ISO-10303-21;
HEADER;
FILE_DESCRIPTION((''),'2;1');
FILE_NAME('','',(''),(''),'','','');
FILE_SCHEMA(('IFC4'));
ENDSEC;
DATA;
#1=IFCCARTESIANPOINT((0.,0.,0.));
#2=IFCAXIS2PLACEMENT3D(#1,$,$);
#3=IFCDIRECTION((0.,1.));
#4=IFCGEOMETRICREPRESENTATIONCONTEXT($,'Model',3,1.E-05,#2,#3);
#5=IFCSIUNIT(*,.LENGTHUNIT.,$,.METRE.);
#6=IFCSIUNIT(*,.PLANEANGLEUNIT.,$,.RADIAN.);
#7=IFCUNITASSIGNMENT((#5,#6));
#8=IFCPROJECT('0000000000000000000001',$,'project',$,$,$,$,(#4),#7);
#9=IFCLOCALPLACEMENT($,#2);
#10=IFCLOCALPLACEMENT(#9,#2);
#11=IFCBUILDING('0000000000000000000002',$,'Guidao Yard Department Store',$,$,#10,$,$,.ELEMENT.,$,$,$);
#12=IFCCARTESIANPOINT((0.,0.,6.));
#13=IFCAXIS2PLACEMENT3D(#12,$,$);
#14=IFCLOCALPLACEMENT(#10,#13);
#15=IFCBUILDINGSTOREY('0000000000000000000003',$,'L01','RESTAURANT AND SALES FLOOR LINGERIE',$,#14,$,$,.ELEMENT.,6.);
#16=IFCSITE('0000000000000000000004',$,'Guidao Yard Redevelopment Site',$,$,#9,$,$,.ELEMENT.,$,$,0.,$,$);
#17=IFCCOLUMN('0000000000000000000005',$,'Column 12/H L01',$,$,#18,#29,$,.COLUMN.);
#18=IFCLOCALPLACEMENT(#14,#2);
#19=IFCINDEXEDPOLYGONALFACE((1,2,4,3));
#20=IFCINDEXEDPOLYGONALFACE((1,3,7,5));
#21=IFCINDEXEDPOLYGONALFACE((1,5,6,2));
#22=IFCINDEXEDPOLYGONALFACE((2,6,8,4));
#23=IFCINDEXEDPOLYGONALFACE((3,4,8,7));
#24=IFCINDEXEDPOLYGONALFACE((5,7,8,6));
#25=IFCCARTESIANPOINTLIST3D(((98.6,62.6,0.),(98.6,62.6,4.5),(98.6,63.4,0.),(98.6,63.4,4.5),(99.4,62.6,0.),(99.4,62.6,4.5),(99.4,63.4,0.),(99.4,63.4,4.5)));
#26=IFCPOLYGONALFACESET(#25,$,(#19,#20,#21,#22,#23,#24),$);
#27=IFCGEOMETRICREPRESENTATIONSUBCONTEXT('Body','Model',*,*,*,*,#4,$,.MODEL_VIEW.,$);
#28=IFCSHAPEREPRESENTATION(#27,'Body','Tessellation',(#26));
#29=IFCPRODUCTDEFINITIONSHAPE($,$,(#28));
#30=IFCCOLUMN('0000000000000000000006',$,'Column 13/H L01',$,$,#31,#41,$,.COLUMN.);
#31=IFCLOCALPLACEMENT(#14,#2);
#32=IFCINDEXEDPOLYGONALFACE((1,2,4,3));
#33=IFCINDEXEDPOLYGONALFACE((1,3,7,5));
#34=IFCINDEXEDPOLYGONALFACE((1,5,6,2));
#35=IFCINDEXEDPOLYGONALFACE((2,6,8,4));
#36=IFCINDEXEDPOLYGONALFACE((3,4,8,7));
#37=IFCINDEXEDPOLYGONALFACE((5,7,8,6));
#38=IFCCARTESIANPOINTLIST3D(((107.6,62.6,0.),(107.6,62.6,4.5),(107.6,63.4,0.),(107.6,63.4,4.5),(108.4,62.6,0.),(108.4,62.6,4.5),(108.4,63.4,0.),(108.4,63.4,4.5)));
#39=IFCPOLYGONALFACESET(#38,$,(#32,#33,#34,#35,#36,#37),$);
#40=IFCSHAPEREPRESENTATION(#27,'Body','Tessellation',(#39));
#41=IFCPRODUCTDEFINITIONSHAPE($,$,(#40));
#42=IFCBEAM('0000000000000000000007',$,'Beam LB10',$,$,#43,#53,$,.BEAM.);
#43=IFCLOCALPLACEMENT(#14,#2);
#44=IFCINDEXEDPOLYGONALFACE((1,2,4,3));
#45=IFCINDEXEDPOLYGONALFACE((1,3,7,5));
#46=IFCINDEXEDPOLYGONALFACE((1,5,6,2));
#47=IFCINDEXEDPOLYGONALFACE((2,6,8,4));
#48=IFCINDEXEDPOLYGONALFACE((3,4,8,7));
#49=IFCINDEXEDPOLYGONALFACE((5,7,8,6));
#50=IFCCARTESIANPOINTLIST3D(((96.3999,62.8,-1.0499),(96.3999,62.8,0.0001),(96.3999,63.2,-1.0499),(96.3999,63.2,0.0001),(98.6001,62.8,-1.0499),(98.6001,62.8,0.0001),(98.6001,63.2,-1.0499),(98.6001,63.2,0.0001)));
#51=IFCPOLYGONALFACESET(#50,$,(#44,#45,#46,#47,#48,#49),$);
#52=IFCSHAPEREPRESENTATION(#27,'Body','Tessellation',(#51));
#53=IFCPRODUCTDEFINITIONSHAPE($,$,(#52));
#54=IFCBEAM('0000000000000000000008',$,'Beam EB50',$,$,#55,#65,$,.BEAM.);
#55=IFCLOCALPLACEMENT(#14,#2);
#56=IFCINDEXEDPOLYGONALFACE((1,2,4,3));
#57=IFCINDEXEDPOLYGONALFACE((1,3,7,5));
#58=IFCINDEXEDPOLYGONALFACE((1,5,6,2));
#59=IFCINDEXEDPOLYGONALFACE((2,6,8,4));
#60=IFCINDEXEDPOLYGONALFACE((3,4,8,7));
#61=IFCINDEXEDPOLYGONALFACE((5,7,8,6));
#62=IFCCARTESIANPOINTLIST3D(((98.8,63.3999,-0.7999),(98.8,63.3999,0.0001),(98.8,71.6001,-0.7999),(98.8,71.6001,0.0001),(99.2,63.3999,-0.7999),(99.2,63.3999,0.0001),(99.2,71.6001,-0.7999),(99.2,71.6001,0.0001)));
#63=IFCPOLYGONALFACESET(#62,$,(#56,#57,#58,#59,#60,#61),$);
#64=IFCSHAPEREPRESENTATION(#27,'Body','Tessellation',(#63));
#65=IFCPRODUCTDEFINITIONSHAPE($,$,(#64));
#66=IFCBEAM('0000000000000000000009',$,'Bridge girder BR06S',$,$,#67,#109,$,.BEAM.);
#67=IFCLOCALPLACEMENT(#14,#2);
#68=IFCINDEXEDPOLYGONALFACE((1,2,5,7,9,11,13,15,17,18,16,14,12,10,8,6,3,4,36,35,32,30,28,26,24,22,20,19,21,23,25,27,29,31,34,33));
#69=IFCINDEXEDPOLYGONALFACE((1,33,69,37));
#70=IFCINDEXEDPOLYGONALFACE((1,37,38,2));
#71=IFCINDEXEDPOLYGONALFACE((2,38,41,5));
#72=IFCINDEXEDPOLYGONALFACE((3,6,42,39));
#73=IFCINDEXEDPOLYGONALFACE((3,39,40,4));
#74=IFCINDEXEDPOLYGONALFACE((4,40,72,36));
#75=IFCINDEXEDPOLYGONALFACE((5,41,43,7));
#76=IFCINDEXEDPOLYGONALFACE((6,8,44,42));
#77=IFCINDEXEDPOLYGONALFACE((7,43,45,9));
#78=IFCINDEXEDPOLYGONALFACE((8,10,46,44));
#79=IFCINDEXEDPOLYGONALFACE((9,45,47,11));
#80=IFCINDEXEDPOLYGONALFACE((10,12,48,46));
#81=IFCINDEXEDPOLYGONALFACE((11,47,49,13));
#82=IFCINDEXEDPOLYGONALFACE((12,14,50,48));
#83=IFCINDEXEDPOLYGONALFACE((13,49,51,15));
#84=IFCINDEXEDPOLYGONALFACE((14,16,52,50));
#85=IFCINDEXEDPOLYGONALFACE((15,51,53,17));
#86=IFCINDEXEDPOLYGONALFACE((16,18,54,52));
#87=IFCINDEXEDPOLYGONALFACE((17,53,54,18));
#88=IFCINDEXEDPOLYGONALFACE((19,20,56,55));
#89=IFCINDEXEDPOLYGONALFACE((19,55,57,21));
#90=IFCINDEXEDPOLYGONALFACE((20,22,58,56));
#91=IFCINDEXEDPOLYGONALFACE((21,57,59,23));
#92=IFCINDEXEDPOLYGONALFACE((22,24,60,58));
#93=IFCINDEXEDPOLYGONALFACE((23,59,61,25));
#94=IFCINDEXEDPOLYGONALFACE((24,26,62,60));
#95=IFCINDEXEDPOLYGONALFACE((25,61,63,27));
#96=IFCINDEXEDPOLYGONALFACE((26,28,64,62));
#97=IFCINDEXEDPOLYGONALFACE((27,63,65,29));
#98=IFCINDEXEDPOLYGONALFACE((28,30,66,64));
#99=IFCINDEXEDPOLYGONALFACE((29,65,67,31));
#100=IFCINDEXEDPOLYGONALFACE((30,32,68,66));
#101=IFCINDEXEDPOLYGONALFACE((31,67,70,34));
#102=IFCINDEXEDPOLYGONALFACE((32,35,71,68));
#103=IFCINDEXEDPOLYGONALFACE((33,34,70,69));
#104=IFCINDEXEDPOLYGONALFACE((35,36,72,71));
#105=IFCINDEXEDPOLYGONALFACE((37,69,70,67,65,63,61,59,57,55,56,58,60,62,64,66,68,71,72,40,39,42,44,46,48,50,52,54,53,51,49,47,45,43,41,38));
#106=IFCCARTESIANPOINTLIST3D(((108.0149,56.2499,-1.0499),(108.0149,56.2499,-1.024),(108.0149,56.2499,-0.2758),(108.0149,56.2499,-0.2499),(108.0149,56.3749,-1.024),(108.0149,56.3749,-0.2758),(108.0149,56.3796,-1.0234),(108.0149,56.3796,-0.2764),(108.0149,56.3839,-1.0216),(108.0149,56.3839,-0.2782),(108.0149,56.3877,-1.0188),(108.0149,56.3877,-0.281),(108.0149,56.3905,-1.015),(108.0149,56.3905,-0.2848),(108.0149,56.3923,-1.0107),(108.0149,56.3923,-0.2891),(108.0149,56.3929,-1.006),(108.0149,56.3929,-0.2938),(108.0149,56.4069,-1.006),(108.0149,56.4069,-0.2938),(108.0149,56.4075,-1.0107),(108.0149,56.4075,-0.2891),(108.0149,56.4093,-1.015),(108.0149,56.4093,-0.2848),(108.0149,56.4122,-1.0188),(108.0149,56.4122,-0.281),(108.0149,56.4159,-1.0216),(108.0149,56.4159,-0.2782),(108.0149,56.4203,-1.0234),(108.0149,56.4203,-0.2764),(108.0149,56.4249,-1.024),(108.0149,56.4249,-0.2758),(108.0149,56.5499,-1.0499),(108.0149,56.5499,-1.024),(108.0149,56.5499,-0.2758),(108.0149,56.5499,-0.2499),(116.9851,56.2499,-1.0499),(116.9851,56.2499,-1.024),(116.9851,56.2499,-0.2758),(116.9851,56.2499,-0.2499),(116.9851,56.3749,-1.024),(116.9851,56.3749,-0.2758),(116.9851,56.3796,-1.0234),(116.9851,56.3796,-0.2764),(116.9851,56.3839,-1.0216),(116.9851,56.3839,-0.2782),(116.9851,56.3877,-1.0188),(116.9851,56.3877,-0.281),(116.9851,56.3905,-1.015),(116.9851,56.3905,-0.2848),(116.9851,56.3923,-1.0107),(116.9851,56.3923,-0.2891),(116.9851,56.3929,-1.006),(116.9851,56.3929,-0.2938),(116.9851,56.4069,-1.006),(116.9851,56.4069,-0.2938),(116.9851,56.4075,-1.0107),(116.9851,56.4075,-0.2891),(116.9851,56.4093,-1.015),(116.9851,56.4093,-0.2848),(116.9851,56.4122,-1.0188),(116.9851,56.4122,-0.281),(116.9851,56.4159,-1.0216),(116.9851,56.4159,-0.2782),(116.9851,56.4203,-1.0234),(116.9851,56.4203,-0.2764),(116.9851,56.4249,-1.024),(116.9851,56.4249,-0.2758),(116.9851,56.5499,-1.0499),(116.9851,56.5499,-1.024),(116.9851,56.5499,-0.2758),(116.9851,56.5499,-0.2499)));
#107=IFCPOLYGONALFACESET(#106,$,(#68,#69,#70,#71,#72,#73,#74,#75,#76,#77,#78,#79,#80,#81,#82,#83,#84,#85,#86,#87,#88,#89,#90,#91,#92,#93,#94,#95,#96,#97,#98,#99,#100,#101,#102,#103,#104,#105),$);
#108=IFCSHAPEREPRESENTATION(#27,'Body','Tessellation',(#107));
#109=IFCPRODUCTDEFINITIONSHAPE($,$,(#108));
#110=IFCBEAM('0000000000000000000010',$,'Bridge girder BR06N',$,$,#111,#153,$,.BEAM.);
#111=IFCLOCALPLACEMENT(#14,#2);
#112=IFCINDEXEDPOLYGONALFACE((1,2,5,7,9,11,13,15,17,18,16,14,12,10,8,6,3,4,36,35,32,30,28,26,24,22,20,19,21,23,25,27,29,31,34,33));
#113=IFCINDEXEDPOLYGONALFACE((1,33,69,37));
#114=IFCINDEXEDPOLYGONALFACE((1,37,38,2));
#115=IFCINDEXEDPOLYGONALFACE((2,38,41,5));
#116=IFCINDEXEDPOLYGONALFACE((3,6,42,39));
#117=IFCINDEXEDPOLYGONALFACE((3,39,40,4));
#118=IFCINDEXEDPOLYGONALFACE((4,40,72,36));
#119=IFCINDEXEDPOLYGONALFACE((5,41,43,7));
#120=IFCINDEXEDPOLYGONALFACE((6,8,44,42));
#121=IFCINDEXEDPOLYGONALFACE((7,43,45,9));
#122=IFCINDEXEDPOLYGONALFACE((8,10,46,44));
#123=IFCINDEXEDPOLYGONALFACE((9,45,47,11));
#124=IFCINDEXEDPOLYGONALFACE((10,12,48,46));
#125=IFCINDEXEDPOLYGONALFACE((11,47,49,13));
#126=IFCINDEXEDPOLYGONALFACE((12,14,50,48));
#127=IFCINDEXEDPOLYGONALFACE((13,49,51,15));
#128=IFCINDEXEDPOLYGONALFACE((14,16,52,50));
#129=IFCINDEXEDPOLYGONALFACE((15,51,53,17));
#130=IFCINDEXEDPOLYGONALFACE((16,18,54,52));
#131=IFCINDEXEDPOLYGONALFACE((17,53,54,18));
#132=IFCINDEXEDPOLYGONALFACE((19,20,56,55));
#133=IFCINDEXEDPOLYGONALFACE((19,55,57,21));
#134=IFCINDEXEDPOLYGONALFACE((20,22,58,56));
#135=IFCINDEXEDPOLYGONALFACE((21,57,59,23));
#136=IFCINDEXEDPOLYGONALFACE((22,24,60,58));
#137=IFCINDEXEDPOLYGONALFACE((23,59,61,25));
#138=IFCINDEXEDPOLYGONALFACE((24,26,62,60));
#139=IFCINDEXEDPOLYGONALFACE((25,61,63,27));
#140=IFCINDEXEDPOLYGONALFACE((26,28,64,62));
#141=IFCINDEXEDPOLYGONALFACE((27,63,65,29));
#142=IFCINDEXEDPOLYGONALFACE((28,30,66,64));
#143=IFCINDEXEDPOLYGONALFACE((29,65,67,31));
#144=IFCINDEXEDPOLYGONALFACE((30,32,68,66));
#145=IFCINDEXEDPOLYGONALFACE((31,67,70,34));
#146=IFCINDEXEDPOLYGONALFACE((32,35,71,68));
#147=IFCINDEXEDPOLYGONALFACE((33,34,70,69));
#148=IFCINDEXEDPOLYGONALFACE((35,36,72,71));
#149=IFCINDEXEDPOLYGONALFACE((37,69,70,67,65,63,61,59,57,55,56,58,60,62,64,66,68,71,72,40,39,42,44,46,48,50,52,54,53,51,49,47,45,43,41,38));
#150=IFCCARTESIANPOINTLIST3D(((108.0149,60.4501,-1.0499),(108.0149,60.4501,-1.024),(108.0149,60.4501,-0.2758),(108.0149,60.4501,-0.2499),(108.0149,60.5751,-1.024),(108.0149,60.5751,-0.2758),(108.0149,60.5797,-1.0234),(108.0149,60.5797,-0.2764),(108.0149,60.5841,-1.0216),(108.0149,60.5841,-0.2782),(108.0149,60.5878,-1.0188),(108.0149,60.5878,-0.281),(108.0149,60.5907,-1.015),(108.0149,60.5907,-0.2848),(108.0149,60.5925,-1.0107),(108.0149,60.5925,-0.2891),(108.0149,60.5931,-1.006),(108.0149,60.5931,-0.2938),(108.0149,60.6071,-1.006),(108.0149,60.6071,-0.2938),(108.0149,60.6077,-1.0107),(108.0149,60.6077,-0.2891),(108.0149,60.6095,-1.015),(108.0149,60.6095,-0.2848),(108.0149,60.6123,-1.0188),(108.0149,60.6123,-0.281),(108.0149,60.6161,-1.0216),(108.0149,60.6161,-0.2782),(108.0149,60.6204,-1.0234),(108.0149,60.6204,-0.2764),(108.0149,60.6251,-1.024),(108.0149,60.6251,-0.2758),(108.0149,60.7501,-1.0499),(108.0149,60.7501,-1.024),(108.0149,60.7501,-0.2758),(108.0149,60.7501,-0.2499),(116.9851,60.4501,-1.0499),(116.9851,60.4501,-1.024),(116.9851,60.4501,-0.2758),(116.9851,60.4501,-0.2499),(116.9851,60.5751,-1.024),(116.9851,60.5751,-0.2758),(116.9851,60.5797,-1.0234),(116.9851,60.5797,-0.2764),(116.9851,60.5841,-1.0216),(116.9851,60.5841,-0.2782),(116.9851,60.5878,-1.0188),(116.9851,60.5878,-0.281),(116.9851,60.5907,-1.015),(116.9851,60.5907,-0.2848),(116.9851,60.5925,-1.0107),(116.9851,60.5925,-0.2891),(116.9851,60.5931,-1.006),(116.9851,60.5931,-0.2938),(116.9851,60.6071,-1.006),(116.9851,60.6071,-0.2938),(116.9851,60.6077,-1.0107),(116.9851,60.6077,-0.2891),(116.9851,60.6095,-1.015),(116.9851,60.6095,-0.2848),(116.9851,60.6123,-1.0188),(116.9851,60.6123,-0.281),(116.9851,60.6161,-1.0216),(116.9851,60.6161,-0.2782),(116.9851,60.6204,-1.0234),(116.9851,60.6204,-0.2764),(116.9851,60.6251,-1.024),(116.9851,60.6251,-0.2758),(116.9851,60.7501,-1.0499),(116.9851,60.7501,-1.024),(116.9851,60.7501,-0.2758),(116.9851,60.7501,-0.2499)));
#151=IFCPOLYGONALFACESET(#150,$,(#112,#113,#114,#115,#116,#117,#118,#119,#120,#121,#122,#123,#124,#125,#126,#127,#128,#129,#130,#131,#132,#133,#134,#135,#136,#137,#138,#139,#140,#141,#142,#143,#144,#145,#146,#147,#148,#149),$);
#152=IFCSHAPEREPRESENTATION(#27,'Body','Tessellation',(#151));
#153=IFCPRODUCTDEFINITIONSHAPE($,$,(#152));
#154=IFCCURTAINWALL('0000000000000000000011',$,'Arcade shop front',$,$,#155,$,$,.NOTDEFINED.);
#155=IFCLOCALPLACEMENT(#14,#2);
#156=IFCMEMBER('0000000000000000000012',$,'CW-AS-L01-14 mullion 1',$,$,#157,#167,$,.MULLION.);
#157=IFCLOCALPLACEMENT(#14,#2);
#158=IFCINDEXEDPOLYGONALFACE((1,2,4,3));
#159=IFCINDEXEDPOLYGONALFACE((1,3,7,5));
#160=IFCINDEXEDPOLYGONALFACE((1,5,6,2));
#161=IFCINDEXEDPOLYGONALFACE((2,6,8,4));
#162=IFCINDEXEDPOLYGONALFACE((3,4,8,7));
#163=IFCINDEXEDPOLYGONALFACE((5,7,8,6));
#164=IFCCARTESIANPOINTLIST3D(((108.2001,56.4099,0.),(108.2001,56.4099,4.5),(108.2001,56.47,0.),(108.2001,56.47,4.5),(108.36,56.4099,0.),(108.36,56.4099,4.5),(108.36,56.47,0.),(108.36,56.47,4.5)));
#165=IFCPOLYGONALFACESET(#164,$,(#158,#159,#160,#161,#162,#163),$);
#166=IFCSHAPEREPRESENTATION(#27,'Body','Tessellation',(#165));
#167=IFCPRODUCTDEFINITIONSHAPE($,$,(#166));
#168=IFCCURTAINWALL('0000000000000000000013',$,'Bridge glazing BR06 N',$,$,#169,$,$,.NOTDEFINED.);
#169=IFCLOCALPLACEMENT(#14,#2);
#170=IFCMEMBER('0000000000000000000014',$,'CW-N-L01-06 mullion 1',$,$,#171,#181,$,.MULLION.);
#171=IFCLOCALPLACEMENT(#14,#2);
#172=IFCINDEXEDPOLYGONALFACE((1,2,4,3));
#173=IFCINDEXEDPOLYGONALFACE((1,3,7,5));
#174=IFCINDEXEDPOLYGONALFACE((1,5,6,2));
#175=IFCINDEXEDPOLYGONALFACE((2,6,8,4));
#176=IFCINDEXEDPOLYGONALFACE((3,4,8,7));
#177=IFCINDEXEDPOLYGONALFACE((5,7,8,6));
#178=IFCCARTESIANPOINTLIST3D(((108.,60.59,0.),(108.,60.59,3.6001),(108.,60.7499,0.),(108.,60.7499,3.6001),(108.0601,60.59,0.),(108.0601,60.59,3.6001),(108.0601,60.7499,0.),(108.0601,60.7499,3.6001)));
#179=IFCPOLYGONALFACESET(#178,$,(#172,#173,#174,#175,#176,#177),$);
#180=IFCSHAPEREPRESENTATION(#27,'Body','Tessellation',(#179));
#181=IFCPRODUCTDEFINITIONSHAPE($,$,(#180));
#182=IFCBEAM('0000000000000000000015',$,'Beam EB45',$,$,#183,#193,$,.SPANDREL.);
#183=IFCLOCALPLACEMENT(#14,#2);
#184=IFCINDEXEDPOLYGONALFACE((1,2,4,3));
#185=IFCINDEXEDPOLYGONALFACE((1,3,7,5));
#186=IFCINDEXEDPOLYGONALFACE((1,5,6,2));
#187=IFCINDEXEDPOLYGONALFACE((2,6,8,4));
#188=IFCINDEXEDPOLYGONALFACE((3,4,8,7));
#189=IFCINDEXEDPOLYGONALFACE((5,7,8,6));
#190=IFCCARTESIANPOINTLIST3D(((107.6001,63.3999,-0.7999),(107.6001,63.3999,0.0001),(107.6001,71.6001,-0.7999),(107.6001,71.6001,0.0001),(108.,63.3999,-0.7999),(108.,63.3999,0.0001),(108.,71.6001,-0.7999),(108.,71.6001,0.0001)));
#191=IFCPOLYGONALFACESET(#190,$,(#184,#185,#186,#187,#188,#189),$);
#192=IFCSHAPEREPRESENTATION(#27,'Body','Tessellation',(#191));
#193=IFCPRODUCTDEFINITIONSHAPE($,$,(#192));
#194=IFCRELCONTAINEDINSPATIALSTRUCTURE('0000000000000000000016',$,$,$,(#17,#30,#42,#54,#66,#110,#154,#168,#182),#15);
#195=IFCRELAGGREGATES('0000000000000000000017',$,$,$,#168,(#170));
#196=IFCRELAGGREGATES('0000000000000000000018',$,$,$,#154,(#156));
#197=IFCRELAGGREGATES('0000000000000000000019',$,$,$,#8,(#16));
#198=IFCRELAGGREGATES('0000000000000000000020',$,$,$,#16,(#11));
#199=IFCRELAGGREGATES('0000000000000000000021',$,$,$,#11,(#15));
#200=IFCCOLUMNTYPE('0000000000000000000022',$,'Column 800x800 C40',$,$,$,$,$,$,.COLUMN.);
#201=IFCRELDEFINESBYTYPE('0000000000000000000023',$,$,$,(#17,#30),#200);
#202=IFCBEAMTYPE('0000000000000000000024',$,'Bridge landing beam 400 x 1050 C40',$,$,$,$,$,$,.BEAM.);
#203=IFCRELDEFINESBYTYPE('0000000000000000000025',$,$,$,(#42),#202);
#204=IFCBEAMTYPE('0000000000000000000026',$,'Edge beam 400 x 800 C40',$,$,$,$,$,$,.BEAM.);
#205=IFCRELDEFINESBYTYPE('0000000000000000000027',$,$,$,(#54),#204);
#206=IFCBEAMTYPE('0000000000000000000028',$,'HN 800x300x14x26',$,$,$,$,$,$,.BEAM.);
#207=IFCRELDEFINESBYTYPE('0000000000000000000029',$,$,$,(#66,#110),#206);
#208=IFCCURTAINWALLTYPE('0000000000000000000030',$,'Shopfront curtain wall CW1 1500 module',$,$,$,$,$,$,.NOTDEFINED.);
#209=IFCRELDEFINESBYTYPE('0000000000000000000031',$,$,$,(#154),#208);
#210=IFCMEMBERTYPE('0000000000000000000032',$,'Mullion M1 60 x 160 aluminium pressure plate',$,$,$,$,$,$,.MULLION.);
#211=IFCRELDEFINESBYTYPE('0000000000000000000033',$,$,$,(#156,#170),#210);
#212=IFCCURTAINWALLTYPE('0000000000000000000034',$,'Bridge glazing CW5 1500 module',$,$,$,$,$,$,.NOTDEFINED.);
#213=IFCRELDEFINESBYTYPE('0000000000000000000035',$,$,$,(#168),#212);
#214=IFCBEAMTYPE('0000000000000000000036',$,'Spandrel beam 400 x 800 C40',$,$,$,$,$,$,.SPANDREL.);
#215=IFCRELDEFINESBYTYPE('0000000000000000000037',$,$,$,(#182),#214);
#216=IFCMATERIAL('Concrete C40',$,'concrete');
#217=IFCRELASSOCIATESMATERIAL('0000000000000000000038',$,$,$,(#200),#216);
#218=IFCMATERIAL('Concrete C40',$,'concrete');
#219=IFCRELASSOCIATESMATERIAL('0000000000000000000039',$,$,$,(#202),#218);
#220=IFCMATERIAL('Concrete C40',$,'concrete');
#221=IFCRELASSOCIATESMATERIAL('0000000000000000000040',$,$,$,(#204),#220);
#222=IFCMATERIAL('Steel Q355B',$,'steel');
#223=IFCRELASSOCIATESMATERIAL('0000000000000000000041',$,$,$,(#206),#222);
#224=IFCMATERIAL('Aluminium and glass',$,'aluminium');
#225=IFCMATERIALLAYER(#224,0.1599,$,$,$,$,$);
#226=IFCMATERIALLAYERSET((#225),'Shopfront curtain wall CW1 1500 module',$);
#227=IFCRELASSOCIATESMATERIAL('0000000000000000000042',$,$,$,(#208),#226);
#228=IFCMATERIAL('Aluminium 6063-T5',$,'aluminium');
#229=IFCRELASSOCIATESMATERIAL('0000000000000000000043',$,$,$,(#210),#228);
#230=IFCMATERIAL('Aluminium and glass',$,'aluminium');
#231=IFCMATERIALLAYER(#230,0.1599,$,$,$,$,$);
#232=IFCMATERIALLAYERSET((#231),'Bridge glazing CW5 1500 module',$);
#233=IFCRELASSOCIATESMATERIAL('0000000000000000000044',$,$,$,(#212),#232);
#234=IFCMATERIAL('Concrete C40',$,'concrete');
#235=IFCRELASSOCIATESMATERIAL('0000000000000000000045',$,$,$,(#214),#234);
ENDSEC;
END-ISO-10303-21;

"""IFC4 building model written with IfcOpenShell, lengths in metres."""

from ifc_helpers import new_model, si_unit, direction, frame, origin, origin_2d, place, context, subcontext, project, spatial, rectangle, i_section, extrude, material, layer, layer_set, material_profile, profile_set, type_object, element, aggregate, save


model = new_model("IFC4")

# Units and contexts
model_context = context("Model", 3, precision=1e-05, world=origin(), true_north=direction((0.0, 1.0)))
body_context = subcontext(model_context, "Body", "Model", "MODEL_VIEW")
ifc_project = project(units=[si_unit("LENGTHUNIT", "METRE"), si_unit("PLANEANGLEUNIT", "RADIAN")], contexts=[model_context])

# Site, building, storey
site_placement = place(None, origin())
site = spatial("IfcSite", under=ifc_project, at=site_placement, Name="Guidao Yard Redevelopment Site", CompositionType="ELEMENT", RefElevation=0.0)
building_placement = place(site_placement, origin())
building = spatial("IfcBuilding", under=site, at=building_placement, Name="Guidao Yard Department Store", CompositionType="ELEMENT")
storey_placement = place(building_placement, frame((0.0, 0.0, 6.0)))
storey = spatial("IfcBuildingStorey", under=building, at=storey_placement, Name="L01", Description="RESTAURANT AND SALES FLOOR LINGERIE", CompositionType="ELEMENT", Elevation=6.0)

# Columns
ifc_material_1 = material(Name="Concrete C40", Category="concrete")
ifc_material_profile_1 = material_profile(ifc_material_1, rectangle(XDim=0.8, YDim=0.8, at=origin_2d()), Name="COL 800x800")
ifc_profile_set_1 = profile_set([ifc_material_profile_1], Name="Concrete C40")
column_type = type_object("IfcColumnType", Name="Column 800x800 C40", PredefinedType="COLUMN", material=ifc_profile_set_1)
for number, where, z_axis, x_axis, name in (
    (1, (99.0, 63.0, 0.0), (0.0, 0.0, 1.0), (1.0, 0.0, 0.0), "Column 12/H L01"),
    (2, (108.0, 63.0, 0.0), (0.0, 0.0, 1.0), (1.0, 0.0, 0.0), "Column 13/H L01"),
):
    element("IfcColumn", number, at=place(storey_placement, frame(where, z_axis=z_axis, x_axis=x_axis)), inside=storey, type_object=column_type, Name=name, PredefinedType="COLUMN", context=body_context, shape_type="SweptSolid", body=[
        extrude(rectangle(XDim=0.8, YDim=0.8, at=origin_2d()), origin(), (0.0, 0.0, 1.0), 4.5),
    ])

# Beams
ifc_material_2 = material(Name="Concrete C40", Category="concrete")
ifc_material_profile_2 = material_profile(ifc_material_2, rectangle(XDim=0.3999, YDim=1.05, at=origin_2d()), Name="Bridge landing beam 400 x 1050 C40")
ifc_profile_set_2 = profile_set([ifc_material_profile_2], Name="Concrete C40")
beam_type_1 = type_object("IfcBeamType", Name="Bridge landing beam 400 x 1050 C40", PredefinedType="BEAM", material=ifc_profile_set_2)
beam_1_placement = place(storey_placement, frame((96.3999, 63.0, -0.5249), z_axis=(1.0, 0.0, 0.0), x_axis=(0.0, 1.0, 0.0)))
element("IfcBeam", 3, at=beam_1_placement, inside=storey, type_object=beam_type_1, Name="Beam LB10", PredefinedType="BEAM", context=body_context, shape_type="SweptSolid", body=[
    extrude(rectangle(XDim=0.3999, YDim=1.05, at=origin_2d()), origin(), (0.0, 0.0, 1.0), 2.2002),
])
ifc_material_3 = material(Name="Concrete C40", Category="concrete")
ifc_material_profile_3 = material_profile(ifc_material_3, rectangle(XDim=0.3999, YDim=0.8, at=origin_2d()), Name="Edge beam 400 x 800 C40")
ifc_profile_set_3 = profile_set([ifc_material_profile_3], Name="Concrete C40")
beam_type_2 = type_object("IfcBeamType", Name="Edge beam 400 x 800 C40", PredefinedType="BEAM", material=ifc_profile_set_3)
beam_2_placement = place(storey_placement, frame((99.0, 63.3999, -0.3999), z_axis=(0.0, 1.0, 0.0), x_axis=(-1.0, 0.0, 0.0)))
element("IfcBeam", 4, at=beam_2_placement, inside=storey, type_object=beam_type_2, Name="Beam EB50", PredefinedType="BEAM", context=body_context, shape_type="SweptSolid", body=[
    extrude(rectangle(XDim=0.3999, YDim=0.8, at=origin_2d()), origin(), (0.0, 0.0, 1.0), 8.2002),
])
ifc_material_4 = material(Name="Steel Q355B", Category="steel")
ifc_material_profile_4 = material_profile(ifc_material_4, i_section(OverallWidth=0.3, OverallDepth=0.8, WebThickness=0.0139, FlangeThickness=0.0259, FilletRadius=0.0181, at=origin_2d()), Name="HN 800x300x14x26")
ifc_profile_set_4 = profile_set([ifc_material_profile_4], Name="Steel Q355B")
beam_type_3 = type_object("IfcBeamType", Name="HN 800x300x14x26", PredefinedType="BEAM", material=ifc_profile_set_4)
for number, where, z_axis, x_axis, name in (
    (5, (108.0149, 56.3999, -0.6499), (1.0, 0.0, 0.0), (0.0, 1.0, 0.0), "Bridge girder BR06S"),
    (6, (108.0149, 60.6001, -0.6499), (1.0, 0.0, 0.0), (0.0, 1.0, 0.0), "Bridge girder BR06N"),
):
    element("IfcBeam", number, at=place(storey_placement, frame(where, z_axis=z_axis, x_axis=x_axis)), inside=storey, type_object=beam_type_3, Name=name, PredefinedType="BEAM", context=body_context, shape_type="SweptSolid", body=[
        extrude(i_section(OverallWidth=0.3, OverallDepth=0.8, WebThickness=0.0139, FlangeThickness=0.0259, FilletRadius=0.0181, at=origin_2d()), origin(), (0.0, 0.0, 1.0), 8.9702),
    ])

# Curtain walls, members
ifc_material_5 = material(Name="Aluminium and glass", Category="aluminium")
ifc_layer_1 = layer(ifc_material_5, 0.1599)
ifc_layer_set_1 = layer_set([ifc_layer_1], Name="Shopfront curtain wall CW1 1500 module")
curtain_wall_type_1 = type_object("IfcCurtainWallType", Name="Shopfront curtain wall CW1 1500 module", PredefinedType="NOTDEFINED", material=ifc_layer_set_1)
curtain_wall_1_placement = place(storey_placement, origin())
curtain_wall_1 = element("IfcCurtainWall", 7, at=curtain_wall_1_placement, inside=storey, type_object=curtain_wall_type_1, Name="Arcade shop front", PredefinedType="NOTDEFINED")
ifc_material_6 = material(Name="Aluminium 6063-T5", Category="aluminium")
ifc_material_profile_5 = material_profile(ifc_material_6, rectangle(XDim=0.0601, YDim=0.1599, at=origin_2d()), Name="Mullion M1 60 x 160 aluminium pressure plate")
ifc_profile_set_5 = profile_set([ifc_material_profile_5], Name="Aluminium 6063-T5")
member_type_1 = type_object("IfcMemberType", Name="Mullion M1 60 x 160 aluminium pressure plate", PredefinedType="MULLION", material=ifc_profile_set_5)
member_1_placement = place(storey_placement, frame((108.28, 56.4399, 0.0), z_axis=(0.0, 0.0, 1.0), x_axis=(0.0, -1.0, 0.0)))
member_1 = element("IfcMember", 8, at=member_1_placement, type_object=member_type_1, Name="CW-AS-L01-14 mullion 1", PredefinedType="MULLION", context=body_context, shape_type="SweptSolid", body=[
    extrude(rectangle(XDim=0.0601, YDim=0.1599, at=origin_2d()), origin(), (0.0, 0.0, 1.0), 4.5),
])
ifc_material_7 = material(Name="Aluminium and glass", Category="aluminium")
ifc_layer_2 = layer(ifc_material_7, 0.1599)
ifc_layer_set_2 = layer_set([ifc_layer_2], Name="Bridge glazing CW5 1500 module")
curtain_wall_type_2 = type_object("IfcCurtainWallType", Name="Bridge glazing CW5 1500 module", PredefinedType="NOTDEFINED", material=ifc_layer_set_2)
curtain_wall_2_placement = place(storey_placement, origin())
curtain_wall_2 = element("IfcCurtainWall", 9, at=curtain_wall_2_placement, inside=storey, type_object=curtain_wall_type_2, Name="Bridge glazing BR06 N", PredefinedType="NOTDEFINED")
member_2_placement = place(storey_placement, frame((108.03, 60.6699, 0.0), z_axis=(0.0, 0.0, 1.0), x_axis=(1.0, 0.0, 0.0)))
member_2 = element("IfcMember", 10, at=member_2_placement, type_object=member_type_1, Name="CW-N-L01-06 mullion 1", PredefinedType="MULLION", context=body_context, shape_type="SweptSolid", body=[
    extrude(rectangle(XDim=0.0601, YDim=0.1599, at=origin_2d()), origin(), (0.0, 0.0, 1.0), 3.6001),
])

# Beam
ifc_material_8 = material(Name="Concrete C40", Category="concrete")
ifc_material_profile_6 = material_profile(ifc_material_8, rectangle(XDim=0.3999, YDim=0.8, at=origin_2d()), Name="Spandrel beam 400 x 800 C40")
ifc_profile_set_6 = profile_set([ifc_material_profile_6], Name="Concrete C40")
beam_type_4 = type_object("IfcBeamType", Name="Spandrel beam 400 x 800 C40", PredefinedType="SPANDREL", material=ifc_profile_set_6)
beam_3_placement = place(storey_placement, frame((107.8, 63.3999, -0.3999), z_axis=(0.0, 1.0, 0.0), x_axis=(-1.0, 0.0, 0.0)))
element("IfcBeam", 11, at=beam_3_placement, inside=storey, type_object=beam_type_4, Name="Beam EB45", PredefinedType="SPANDREL", context=body_context, shape_type="SweptSolid", body=[
    extrude(rectangle(XDim=0.3999, YDim=0.8, at=origin_2d()), origin(), (0.0, 0.0, 1.0), 8.2002),
])

aggregate(curtain_wall_2, [member_2])

aggregate(curtain_wall_1, [member_1])

save(model, "model.ifc")
